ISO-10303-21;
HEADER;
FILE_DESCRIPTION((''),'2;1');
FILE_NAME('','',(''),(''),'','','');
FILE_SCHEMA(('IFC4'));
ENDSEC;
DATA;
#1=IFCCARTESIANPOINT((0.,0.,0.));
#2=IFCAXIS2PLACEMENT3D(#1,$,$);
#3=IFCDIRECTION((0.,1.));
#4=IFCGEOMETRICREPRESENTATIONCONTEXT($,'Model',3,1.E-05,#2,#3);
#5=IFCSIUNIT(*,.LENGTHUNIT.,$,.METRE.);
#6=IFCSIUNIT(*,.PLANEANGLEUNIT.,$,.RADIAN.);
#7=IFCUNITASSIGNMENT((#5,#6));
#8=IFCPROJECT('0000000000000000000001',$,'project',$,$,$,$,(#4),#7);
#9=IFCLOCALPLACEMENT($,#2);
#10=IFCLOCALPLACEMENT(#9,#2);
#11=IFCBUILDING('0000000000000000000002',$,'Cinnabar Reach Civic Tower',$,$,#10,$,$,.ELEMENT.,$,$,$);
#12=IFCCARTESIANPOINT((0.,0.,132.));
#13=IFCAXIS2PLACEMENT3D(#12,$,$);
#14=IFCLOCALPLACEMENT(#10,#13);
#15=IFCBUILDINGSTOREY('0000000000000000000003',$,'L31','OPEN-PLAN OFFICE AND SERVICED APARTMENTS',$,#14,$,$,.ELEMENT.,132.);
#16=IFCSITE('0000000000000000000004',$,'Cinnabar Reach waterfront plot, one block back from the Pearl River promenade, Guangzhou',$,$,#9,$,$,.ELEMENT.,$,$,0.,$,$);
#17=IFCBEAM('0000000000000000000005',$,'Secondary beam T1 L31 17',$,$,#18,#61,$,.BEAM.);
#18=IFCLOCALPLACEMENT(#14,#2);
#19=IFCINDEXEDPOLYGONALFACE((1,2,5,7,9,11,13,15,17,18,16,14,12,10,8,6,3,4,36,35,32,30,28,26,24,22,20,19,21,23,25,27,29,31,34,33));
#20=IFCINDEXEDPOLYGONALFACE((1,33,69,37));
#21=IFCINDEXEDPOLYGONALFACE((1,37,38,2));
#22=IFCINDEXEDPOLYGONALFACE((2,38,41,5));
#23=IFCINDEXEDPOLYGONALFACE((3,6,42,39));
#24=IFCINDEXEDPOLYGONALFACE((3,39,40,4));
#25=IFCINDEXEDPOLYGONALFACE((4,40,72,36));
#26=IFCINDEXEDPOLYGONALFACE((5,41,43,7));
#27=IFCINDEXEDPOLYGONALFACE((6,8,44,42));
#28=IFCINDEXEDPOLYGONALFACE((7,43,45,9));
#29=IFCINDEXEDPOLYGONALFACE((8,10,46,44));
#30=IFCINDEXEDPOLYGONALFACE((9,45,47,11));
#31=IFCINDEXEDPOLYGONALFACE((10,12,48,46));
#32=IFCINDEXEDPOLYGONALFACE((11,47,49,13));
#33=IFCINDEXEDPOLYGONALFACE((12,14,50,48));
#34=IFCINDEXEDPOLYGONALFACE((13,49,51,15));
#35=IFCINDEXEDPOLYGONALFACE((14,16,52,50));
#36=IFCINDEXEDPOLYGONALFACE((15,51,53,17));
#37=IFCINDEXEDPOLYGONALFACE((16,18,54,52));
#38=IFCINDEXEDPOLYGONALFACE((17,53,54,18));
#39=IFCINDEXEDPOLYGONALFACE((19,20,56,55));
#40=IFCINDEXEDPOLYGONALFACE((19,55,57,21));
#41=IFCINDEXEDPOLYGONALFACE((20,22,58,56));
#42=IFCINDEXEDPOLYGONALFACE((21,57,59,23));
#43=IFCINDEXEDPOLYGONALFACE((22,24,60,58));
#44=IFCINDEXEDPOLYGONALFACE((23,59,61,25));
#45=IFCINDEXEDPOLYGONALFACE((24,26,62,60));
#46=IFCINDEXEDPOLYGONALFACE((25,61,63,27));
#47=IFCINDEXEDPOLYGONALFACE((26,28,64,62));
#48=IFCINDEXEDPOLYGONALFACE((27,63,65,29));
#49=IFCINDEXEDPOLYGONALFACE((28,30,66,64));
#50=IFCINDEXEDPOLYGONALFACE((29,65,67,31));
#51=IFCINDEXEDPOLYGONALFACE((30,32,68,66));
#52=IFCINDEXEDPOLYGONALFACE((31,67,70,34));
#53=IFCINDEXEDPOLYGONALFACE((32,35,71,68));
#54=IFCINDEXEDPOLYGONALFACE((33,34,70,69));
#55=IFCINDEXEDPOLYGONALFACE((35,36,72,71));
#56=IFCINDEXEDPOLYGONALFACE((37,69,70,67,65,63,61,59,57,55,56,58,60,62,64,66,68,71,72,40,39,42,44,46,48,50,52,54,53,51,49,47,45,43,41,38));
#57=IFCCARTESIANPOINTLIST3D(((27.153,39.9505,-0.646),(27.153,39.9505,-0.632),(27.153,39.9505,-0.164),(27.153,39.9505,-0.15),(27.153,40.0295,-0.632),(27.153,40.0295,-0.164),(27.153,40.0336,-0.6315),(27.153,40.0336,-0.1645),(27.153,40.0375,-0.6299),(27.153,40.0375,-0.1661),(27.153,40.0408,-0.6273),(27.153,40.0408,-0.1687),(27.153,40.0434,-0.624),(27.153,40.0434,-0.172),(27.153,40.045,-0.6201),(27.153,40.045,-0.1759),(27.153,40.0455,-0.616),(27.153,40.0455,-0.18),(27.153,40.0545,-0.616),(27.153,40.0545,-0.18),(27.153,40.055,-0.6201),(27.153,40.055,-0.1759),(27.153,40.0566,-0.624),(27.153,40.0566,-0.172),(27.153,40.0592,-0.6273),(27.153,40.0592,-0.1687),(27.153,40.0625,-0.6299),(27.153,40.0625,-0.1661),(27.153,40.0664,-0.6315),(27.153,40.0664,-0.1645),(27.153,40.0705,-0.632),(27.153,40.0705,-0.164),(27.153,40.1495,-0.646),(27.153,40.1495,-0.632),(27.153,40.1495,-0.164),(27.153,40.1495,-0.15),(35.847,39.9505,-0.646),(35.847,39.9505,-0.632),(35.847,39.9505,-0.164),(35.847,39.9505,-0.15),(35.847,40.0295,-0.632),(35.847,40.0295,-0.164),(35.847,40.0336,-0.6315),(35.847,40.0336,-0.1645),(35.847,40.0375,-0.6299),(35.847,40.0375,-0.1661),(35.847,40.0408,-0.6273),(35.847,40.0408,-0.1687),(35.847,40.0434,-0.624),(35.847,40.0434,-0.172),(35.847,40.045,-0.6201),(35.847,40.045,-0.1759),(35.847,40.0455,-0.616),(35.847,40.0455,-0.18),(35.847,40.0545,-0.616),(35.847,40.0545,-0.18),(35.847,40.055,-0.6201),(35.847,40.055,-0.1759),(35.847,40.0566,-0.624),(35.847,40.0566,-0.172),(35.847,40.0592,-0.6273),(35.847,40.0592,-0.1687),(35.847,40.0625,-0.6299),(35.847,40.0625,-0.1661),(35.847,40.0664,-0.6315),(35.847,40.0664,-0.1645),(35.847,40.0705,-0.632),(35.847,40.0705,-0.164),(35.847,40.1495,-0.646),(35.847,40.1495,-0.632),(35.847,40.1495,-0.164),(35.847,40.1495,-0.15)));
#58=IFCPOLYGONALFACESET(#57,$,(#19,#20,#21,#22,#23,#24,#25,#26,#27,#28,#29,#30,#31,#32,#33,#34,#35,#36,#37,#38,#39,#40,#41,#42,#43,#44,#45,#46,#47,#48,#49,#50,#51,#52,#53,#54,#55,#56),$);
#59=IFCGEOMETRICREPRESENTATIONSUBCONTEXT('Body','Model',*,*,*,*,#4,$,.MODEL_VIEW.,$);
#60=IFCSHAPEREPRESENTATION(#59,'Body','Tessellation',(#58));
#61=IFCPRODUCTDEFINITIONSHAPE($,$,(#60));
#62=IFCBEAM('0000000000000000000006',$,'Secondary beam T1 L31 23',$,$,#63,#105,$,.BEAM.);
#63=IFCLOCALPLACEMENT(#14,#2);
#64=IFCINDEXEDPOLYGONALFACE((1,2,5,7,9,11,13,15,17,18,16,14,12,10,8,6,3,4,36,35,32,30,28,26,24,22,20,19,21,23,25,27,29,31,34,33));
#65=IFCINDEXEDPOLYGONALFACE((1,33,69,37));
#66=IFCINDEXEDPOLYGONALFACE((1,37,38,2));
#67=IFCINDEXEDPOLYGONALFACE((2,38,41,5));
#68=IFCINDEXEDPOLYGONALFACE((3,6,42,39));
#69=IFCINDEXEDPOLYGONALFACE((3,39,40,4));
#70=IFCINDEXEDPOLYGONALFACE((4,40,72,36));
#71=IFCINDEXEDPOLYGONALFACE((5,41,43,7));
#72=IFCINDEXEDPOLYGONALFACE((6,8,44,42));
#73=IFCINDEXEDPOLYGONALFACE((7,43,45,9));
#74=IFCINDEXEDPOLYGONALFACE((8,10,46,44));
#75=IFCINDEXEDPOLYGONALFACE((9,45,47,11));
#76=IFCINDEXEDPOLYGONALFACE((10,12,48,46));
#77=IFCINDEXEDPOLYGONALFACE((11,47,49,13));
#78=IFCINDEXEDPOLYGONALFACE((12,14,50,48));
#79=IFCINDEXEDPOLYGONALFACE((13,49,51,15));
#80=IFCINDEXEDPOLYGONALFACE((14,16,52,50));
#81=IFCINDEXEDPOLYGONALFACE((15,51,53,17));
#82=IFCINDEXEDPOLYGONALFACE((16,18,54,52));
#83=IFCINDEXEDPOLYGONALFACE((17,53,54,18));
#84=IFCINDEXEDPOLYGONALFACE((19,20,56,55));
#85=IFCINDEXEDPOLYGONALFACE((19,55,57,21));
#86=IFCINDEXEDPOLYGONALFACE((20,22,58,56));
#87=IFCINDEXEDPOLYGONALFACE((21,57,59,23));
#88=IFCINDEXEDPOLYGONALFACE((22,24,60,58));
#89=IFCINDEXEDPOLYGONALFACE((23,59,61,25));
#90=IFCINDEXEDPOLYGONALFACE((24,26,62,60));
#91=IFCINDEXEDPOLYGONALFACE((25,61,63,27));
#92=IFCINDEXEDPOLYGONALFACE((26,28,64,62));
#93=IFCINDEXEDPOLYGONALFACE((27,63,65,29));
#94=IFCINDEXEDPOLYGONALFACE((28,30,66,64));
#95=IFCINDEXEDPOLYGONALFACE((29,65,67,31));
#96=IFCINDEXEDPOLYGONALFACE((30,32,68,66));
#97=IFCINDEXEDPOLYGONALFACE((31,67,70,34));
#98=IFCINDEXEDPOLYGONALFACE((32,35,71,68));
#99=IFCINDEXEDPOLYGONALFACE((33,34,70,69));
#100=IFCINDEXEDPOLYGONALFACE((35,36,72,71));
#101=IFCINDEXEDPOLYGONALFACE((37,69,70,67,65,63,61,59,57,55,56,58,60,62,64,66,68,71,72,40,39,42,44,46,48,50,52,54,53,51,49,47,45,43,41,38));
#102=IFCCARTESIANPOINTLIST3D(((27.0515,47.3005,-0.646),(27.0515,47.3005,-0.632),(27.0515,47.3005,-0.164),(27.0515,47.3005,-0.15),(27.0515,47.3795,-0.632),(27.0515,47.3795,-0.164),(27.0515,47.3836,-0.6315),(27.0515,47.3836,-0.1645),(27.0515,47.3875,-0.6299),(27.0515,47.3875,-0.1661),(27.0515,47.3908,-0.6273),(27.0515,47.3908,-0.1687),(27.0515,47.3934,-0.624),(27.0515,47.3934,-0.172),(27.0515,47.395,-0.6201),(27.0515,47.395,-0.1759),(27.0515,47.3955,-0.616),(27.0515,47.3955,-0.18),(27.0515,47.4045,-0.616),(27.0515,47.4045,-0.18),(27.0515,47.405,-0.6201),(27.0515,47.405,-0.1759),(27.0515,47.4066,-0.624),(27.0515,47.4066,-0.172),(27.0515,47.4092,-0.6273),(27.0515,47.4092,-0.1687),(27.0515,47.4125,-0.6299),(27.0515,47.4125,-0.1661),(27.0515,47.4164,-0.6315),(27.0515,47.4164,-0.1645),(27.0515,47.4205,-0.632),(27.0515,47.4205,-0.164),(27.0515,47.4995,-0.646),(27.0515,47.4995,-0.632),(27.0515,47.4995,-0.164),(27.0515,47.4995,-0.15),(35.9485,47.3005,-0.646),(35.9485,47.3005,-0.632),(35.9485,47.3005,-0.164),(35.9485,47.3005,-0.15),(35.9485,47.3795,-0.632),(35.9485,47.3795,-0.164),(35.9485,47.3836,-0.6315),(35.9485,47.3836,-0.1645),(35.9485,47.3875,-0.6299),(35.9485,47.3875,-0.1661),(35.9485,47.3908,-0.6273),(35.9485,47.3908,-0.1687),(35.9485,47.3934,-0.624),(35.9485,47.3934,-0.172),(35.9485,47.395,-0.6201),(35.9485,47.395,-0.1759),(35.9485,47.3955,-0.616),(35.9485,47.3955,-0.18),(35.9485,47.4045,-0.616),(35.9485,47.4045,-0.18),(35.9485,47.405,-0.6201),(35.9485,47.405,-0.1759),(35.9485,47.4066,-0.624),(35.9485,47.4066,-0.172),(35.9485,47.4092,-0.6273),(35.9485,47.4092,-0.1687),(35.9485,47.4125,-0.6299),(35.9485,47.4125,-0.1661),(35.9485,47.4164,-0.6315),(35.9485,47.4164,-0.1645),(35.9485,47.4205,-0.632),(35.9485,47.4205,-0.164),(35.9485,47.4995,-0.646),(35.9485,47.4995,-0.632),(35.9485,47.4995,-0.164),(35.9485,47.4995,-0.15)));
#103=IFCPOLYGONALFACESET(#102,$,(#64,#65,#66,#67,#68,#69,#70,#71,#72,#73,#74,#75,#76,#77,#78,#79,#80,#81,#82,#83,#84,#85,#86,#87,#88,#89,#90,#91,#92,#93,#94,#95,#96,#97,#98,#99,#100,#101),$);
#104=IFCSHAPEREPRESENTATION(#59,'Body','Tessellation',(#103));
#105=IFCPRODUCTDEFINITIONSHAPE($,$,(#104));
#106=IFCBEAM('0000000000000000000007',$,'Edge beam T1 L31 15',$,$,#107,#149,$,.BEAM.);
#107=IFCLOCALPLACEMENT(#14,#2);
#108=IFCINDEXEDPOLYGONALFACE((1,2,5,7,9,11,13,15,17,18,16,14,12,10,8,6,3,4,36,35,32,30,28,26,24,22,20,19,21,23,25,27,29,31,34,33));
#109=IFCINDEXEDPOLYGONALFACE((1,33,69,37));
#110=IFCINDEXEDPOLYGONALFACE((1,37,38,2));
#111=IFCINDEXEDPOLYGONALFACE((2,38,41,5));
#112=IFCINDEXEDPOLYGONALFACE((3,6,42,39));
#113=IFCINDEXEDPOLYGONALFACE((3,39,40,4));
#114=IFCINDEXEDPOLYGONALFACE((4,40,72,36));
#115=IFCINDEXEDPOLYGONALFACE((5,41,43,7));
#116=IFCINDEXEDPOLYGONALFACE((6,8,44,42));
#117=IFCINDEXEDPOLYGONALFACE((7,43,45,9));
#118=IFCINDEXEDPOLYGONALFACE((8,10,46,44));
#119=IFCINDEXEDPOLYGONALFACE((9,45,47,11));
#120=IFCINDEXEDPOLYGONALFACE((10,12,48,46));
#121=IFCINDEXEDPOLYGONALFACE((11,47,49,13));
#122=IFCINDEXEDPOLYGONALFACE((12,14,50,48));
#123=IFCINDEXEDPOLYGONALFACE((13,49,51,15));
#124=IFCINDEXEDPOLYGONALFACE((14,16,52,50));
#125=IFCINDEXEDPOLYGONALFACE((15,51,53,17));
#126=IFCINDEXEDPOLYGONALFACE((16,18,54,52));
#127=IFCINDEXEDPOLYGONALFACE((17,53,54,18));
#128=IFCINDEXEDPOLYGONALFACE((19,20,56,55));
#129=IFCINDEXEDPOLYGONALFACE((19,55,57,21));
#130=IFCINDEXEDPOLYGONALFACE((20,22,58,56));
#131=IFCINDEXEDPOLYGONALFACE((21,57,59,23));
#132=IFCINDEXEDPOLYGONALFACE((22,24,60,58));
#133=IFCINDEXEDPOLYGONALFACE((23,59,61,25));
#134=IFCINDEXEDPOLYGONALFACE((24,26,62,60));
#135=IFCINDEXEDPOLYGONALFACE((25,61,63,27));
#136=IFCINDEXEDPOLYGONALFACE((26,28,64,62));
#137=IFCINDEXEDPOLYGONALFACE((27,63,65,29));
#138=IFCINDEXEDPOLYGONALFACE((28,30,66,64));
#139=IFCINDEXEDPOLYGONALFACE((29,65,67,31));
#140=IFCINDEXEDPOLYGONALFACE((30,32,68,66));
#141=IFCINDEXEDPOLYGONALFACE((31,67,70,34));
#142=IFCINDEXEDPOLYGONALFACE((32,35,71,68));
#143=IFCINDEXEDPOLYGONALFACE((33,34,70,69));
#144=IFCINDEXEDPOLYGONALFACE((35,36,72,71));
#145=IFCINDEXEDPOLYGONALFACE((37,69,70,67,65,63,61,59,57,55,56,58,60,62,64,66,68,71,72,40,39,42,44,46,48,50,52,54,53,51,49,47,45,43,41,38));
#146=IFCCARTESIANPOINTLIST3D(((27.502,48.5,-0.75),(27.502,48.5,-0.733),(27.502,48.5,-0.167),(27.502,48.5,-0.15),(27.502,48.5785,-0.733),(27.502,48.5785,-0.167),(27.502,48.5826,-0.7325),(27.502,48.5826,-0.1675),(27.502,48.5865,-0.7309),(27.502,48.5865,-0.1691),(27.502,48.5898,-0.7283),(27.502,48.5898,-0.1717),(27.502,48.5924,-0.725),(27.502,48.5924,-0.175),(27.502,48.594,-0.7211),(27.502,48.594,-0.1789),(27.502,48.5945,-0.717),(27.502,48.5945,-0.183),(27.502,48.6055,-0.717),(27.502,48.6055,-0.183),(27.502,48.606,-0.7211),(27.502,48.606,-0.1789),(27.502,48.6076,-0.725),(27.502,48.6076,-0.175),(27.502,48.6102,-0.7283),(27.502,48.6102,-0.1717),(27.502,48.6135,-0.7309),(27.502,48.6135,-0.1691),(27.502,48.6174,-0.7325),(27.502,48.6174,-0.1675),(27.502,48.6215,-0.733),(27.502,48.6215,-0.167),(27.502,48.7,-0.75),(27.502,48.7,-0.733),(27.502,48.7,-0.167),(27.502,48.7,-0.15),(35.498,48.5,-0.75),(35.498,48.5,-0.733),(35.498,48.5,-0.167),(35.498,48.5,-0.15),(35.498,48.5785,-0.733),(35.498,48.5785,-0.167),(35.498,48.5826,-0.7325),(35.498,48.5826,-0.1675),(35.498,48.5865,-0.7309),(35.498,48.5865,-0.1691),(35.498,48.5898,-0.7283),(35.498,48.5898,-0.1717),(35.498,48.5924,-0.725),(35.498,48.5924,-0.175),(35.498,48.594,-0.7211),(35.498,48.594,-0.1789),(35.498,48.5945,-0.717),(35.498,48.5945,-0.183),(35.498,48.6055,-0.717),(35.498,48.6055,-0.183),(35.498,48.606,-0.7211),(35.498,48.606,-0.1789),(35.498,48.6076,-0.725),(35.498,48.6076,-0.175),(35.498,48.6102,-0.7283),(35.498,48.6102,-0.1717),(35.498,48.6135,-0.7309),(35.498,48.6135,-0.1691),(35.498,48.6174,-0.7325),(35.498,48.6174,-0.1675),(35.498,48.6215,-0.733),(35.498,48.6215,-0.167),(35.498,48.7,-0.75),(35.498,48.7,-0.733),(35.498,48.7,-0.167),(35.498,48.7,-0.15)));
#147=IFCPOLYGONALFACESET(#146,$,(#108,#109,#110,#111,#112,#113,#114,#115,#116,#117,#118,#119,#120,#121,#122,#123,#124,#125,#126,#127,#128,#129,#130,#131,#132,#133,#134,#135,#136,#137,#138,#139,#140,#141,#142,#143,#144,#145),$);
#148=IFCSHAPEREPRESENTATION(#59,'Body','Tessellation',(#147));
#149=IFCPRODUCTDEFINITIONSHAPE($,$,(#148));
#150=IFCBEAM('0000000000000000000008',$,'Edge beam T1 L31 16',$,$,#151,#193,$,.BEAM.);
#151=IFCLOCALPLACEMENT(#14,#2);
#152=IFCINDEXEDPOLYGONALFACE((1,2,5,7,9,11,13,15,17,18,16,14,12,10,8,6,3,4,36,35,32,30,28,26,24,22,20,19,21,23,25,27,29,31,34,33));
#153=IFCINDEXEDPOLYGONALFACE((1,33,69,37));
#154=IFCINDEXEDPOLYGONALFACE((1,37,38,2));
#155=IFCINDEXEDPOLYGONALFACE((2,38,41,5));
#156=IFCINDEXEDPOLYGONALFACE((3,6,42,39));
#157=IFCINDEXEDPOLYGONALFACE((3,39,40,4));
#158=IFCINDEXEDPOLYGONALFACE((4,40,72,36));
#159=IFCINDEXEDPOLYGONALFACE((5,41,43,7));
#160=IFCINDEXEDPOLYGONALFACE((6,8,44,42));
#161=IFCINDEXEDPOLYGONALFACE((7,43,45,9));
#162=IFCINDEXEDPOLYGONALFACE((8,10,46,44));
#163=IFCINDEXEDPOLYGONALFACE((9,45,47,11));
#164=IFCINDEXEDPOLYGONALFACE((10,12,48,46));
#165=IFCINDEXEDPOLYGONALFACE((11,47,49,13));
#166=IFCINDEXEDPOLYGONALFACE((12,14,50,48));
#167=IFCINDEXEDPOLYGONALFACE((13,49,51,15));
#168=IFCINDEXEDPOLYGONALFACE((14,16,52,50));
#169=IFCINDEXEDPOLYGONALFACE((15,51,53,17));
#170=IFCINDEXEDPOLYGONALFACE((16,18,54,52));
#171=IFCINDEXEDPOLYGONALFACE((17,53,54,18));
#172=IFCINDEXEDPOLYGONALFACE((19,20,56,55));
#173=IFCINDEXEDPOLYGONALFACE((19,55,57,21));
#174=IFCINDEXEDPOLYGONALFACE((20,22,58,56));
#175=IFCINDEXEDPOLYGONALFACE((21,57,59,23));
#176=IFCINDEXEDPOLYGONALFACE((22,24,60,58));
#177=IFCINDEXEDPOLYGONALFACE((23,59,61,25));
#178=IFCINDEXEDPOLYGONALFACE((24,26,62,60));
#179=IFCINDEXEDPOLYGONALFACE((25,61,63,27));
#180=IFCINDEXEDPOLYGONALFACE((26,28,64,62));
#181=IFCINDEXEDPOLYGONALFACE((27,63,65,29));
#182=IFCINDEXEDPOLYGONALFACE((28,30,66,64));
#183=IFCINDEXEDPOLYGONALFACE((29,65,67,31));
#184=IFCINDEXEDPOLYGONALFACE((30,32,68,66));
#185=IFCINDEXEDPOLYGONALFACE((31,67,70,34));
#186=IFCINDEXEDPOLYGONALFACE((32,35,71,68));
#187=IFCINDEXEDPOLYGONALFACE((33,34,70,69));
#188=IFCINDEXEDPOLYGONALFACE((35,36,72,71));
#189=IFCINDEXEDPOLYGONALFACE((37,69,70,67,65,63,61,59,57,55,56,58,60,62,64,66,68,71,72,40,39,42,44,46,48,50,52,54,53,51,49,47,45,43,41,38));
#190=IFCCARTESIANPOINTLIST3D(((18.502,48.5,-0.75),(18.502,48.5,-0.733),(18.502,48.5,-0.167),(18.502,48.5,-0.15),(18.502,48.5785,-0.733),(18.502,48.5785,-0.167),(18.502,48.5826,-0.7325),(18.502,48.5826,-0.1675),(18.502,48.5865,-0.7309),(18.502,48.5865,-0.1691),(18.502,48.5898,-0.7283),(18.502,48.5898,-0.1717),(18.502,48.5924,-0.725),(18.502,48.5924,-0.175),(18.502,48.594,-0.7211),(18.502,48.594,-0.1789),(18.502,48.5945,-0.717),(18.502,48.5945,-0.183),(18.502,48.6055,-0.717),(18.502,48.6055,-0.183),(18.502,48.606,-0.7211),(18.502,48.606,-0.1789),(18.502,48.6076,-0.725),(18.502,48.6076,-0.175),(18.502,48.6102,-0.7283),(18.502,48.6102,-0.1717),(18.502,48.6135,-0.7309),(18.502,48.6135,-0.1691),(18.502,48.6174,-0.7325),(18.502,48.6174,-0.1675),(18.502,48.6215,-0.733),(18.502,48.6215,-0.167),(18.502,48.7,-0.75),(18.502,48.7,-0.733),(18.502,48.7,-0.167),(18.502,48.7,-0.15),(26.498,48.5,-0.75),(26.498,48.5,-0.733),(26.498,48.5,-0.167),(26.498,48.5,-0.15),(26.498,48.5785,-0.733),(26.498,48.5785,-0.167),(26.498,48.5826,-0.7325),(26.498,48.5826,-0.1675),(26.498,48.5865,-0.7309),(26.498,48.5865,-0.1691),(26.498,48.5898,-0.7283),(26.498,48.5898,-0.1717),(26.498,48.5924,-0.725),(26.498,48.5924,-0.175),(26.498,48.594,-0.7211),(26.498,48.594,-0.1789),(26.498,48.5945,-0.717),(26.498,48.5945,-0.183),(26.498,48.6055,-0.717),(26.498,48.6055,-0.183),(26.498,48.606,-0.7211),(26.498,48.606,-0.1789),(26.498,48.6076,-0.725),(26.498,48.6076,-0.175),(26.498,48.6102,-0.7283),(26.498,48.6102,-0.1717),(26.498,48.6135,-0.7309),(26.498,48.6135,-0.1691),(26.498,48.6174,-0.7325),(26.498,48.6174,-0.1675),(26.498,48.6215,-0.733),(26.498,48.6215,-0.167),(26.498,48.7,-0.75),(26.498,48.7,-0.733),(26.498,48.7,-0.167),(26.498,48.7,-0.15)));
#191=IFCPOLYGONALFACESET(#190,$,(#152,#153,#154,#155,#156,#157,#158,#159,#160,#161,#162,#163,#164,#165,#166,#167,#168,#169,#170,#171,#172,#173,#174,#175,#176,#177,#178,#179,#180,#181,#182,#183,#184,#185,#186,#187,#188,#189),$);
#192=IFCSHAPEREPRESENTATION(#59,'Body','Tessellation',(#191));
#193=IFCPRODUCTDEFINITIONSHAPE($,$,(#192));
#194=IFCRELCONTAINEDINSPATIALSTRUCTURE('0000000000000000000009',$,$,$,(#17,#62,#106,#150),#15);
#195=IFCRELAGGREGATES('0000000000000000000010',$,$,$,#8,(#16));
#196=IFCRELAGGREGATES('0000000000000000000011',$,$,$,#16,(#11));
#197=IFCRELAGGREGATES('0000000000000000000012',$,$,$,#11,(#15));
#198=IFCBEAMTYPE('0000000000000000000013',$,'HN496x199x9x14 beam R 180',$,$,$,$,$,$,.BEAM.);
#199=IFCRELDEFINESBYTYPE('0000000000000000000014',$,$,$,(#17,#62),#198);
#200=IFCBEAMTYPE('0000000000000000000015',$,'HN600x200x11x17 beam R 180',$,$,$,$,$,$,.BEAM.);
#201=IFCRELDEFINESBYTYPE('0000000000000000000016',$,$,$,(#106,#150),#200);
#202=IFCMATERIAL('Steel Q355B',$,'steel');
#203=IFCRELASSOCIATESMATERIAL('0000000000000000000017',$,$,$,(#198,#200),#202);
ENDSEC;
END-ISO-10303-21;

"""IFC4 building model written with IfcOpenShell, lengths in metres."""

from ifc_helpers import new_model, si_unit, direction, frame, origin, origin_2d, place, context, subcontext, project, spatial, i_section, extrude, material, material_profile, profile_set, type_object, element, save


model = new_model("IFC4")

# Units and contexts
model_context = context("Model", 3, precision=1e-05, world=origin(), true_north=direction((0.0, 1.0)))
body_context = subcontext(model_context, "Body", "Model", "MODEL_VIEW")
ifc_project = project(units=[si_unit("LENGTHUNIT", "METRE"), si_unit("PLANEANGLEUNIT", "RADIAN")], contexts=[model_context])

# Site, building, storey
site_placement = place(None, origin())
site = spatial("IfcSite", under=ifc_project, at=site_placement, Name="Cinnabar Reach waterfront plot, one block back from the Pearl River promenade, Guangzhou", CompositionType="ELEMENT", RefElevation=0.0)
building_placement = place(site_placement, origin())
building = spatial("IfcBuilding", under=site, at=building_placement, Name="Cinnabar Reach Civic Tower", CompositionType="ELEMENT")
storey_placement = place(building_placement, frame((0.0, 0.0, 132.0)))
storey = spatial("IfcBuildingStorey", under=building, at=storey_placement, Name="L31", Description="OPEN-PLAN OFFICE AND SERVICED APARTMENTS", CompositionType="ELEMENT", Elevation=132.0)

# Beams
ifc_material_1 = material(Name="Steel Q355B", Category="steel")
ifc_material_profile_1 = material_profile(ifc_material_1, i_section(OverallWidth=0.199, OverallDepth=0.496, WebThickness=0.009, FlangeThickness=0.014, FilletRadius=0.016, at=origin_2d()), Name="HN496x199x9x14")
ifc_profile_set_1 = profile_set([ifc_material_profile_1], Name="Steel Q355B")
beam_type_1 = type_object("IfcBeamType", Name="HN496x199x9x14 beam R 180", PredefinedType="BEAM", material=ifc_profile_set_1)
beam_1_placement = place(storey_placement, frame((27.153, 40.05, -0.398), z_axis=(1.0, 0.0, 0.0), x_axis=(0.0, 1.0, 0.0)))
element("IfcBeam", 1, at=beam_1_placement, inside=storey, type_object=beam_type_1, Name="Secondary beam T1 L31 17", PredefinedType="BEAM", context=body_context, shape_type="SweptSolid", body=[
    extrude(i_section(OverallWidth=0.199, OverallDepth=0.496, WebThickness=0.009, FlangeThickness=0.014, FilletRadius=0.016, at=origin_2d()), origin(), (0.0, 0.0, 1.0), 8.694),
])
beam_2_placement = place(storey_placement, frame((27.0515, 47.4, -0.398), z_axis=(1.0, 0.0, 0.0), x_axis=(0.0, 1.0, 0.0)))
element("IfcBeam", 2, at=beam_2_placement, inside=storey, type_object=beam_type_1, Name="Secondary beam T1 L31 23", PredefinedType="BEAM", context=body_context, shape_type="SweptSolid", body=[
    extrude(i_section(OverallWidth=0.199, OverallDepth=0.496, WebThickness=0.009, FlangeThickness=0.014, FilletRadius=0.016, at=origin_2d()), origin(), (0.0, 0.0, 1.0), 8.897),
])
ifc_material_profile_2 = material_profile(ifc_material_1, i_section(OverallWidth=0.2, OverallDepth=0.6, WebThickness=0.011, FlangeThickness=0.017, FilletRadius=0.016, at=origin_2d()), Name="HN600x200x11x17")
ifc_profile_set_2 = profile_set([ifc_material_profile_2], Name="Steel Q355B")
beam_type_2 = type_object("IfcBeamType", Name="HN600x200x11x17 beam R 180", PredefinedType="BEAM", material=ifc_profile_set_2)
for number, where, z_axis, x_axis, name in (
    (3, (35.498, 48.6, -0.45), (-1.0, 0.0, 0.0), (0.0, -1.0, 0.0), "Edge beam T1 L31 15"),
    (4, (26.498, 48.6, -0.45), (-1.0, 0.0, 0.0), (0.0, -1.0, 0.0), "Edge beam T1 L31 16"),
):
    element("IfcBeam", number, at=place(storey_placement, frame(where, z_axis=z_axis, x_axis=x_axis)), inside=storey, type_object=beam_type_2, Name=name, PredefinedType="BEAM", context=body_context, shape_type="SweptSolid", body=[
        extrude(i_section(OverallWidth=0.2, OverallDepth=0.6, WebThickness=0.011, FlangeThickness=0.017, FilletRadius=0.016, at=origin_2d()), origin(), (0.0, 0.0, 1.0), 7.996),
    ])

save(model, "model.ifc")
